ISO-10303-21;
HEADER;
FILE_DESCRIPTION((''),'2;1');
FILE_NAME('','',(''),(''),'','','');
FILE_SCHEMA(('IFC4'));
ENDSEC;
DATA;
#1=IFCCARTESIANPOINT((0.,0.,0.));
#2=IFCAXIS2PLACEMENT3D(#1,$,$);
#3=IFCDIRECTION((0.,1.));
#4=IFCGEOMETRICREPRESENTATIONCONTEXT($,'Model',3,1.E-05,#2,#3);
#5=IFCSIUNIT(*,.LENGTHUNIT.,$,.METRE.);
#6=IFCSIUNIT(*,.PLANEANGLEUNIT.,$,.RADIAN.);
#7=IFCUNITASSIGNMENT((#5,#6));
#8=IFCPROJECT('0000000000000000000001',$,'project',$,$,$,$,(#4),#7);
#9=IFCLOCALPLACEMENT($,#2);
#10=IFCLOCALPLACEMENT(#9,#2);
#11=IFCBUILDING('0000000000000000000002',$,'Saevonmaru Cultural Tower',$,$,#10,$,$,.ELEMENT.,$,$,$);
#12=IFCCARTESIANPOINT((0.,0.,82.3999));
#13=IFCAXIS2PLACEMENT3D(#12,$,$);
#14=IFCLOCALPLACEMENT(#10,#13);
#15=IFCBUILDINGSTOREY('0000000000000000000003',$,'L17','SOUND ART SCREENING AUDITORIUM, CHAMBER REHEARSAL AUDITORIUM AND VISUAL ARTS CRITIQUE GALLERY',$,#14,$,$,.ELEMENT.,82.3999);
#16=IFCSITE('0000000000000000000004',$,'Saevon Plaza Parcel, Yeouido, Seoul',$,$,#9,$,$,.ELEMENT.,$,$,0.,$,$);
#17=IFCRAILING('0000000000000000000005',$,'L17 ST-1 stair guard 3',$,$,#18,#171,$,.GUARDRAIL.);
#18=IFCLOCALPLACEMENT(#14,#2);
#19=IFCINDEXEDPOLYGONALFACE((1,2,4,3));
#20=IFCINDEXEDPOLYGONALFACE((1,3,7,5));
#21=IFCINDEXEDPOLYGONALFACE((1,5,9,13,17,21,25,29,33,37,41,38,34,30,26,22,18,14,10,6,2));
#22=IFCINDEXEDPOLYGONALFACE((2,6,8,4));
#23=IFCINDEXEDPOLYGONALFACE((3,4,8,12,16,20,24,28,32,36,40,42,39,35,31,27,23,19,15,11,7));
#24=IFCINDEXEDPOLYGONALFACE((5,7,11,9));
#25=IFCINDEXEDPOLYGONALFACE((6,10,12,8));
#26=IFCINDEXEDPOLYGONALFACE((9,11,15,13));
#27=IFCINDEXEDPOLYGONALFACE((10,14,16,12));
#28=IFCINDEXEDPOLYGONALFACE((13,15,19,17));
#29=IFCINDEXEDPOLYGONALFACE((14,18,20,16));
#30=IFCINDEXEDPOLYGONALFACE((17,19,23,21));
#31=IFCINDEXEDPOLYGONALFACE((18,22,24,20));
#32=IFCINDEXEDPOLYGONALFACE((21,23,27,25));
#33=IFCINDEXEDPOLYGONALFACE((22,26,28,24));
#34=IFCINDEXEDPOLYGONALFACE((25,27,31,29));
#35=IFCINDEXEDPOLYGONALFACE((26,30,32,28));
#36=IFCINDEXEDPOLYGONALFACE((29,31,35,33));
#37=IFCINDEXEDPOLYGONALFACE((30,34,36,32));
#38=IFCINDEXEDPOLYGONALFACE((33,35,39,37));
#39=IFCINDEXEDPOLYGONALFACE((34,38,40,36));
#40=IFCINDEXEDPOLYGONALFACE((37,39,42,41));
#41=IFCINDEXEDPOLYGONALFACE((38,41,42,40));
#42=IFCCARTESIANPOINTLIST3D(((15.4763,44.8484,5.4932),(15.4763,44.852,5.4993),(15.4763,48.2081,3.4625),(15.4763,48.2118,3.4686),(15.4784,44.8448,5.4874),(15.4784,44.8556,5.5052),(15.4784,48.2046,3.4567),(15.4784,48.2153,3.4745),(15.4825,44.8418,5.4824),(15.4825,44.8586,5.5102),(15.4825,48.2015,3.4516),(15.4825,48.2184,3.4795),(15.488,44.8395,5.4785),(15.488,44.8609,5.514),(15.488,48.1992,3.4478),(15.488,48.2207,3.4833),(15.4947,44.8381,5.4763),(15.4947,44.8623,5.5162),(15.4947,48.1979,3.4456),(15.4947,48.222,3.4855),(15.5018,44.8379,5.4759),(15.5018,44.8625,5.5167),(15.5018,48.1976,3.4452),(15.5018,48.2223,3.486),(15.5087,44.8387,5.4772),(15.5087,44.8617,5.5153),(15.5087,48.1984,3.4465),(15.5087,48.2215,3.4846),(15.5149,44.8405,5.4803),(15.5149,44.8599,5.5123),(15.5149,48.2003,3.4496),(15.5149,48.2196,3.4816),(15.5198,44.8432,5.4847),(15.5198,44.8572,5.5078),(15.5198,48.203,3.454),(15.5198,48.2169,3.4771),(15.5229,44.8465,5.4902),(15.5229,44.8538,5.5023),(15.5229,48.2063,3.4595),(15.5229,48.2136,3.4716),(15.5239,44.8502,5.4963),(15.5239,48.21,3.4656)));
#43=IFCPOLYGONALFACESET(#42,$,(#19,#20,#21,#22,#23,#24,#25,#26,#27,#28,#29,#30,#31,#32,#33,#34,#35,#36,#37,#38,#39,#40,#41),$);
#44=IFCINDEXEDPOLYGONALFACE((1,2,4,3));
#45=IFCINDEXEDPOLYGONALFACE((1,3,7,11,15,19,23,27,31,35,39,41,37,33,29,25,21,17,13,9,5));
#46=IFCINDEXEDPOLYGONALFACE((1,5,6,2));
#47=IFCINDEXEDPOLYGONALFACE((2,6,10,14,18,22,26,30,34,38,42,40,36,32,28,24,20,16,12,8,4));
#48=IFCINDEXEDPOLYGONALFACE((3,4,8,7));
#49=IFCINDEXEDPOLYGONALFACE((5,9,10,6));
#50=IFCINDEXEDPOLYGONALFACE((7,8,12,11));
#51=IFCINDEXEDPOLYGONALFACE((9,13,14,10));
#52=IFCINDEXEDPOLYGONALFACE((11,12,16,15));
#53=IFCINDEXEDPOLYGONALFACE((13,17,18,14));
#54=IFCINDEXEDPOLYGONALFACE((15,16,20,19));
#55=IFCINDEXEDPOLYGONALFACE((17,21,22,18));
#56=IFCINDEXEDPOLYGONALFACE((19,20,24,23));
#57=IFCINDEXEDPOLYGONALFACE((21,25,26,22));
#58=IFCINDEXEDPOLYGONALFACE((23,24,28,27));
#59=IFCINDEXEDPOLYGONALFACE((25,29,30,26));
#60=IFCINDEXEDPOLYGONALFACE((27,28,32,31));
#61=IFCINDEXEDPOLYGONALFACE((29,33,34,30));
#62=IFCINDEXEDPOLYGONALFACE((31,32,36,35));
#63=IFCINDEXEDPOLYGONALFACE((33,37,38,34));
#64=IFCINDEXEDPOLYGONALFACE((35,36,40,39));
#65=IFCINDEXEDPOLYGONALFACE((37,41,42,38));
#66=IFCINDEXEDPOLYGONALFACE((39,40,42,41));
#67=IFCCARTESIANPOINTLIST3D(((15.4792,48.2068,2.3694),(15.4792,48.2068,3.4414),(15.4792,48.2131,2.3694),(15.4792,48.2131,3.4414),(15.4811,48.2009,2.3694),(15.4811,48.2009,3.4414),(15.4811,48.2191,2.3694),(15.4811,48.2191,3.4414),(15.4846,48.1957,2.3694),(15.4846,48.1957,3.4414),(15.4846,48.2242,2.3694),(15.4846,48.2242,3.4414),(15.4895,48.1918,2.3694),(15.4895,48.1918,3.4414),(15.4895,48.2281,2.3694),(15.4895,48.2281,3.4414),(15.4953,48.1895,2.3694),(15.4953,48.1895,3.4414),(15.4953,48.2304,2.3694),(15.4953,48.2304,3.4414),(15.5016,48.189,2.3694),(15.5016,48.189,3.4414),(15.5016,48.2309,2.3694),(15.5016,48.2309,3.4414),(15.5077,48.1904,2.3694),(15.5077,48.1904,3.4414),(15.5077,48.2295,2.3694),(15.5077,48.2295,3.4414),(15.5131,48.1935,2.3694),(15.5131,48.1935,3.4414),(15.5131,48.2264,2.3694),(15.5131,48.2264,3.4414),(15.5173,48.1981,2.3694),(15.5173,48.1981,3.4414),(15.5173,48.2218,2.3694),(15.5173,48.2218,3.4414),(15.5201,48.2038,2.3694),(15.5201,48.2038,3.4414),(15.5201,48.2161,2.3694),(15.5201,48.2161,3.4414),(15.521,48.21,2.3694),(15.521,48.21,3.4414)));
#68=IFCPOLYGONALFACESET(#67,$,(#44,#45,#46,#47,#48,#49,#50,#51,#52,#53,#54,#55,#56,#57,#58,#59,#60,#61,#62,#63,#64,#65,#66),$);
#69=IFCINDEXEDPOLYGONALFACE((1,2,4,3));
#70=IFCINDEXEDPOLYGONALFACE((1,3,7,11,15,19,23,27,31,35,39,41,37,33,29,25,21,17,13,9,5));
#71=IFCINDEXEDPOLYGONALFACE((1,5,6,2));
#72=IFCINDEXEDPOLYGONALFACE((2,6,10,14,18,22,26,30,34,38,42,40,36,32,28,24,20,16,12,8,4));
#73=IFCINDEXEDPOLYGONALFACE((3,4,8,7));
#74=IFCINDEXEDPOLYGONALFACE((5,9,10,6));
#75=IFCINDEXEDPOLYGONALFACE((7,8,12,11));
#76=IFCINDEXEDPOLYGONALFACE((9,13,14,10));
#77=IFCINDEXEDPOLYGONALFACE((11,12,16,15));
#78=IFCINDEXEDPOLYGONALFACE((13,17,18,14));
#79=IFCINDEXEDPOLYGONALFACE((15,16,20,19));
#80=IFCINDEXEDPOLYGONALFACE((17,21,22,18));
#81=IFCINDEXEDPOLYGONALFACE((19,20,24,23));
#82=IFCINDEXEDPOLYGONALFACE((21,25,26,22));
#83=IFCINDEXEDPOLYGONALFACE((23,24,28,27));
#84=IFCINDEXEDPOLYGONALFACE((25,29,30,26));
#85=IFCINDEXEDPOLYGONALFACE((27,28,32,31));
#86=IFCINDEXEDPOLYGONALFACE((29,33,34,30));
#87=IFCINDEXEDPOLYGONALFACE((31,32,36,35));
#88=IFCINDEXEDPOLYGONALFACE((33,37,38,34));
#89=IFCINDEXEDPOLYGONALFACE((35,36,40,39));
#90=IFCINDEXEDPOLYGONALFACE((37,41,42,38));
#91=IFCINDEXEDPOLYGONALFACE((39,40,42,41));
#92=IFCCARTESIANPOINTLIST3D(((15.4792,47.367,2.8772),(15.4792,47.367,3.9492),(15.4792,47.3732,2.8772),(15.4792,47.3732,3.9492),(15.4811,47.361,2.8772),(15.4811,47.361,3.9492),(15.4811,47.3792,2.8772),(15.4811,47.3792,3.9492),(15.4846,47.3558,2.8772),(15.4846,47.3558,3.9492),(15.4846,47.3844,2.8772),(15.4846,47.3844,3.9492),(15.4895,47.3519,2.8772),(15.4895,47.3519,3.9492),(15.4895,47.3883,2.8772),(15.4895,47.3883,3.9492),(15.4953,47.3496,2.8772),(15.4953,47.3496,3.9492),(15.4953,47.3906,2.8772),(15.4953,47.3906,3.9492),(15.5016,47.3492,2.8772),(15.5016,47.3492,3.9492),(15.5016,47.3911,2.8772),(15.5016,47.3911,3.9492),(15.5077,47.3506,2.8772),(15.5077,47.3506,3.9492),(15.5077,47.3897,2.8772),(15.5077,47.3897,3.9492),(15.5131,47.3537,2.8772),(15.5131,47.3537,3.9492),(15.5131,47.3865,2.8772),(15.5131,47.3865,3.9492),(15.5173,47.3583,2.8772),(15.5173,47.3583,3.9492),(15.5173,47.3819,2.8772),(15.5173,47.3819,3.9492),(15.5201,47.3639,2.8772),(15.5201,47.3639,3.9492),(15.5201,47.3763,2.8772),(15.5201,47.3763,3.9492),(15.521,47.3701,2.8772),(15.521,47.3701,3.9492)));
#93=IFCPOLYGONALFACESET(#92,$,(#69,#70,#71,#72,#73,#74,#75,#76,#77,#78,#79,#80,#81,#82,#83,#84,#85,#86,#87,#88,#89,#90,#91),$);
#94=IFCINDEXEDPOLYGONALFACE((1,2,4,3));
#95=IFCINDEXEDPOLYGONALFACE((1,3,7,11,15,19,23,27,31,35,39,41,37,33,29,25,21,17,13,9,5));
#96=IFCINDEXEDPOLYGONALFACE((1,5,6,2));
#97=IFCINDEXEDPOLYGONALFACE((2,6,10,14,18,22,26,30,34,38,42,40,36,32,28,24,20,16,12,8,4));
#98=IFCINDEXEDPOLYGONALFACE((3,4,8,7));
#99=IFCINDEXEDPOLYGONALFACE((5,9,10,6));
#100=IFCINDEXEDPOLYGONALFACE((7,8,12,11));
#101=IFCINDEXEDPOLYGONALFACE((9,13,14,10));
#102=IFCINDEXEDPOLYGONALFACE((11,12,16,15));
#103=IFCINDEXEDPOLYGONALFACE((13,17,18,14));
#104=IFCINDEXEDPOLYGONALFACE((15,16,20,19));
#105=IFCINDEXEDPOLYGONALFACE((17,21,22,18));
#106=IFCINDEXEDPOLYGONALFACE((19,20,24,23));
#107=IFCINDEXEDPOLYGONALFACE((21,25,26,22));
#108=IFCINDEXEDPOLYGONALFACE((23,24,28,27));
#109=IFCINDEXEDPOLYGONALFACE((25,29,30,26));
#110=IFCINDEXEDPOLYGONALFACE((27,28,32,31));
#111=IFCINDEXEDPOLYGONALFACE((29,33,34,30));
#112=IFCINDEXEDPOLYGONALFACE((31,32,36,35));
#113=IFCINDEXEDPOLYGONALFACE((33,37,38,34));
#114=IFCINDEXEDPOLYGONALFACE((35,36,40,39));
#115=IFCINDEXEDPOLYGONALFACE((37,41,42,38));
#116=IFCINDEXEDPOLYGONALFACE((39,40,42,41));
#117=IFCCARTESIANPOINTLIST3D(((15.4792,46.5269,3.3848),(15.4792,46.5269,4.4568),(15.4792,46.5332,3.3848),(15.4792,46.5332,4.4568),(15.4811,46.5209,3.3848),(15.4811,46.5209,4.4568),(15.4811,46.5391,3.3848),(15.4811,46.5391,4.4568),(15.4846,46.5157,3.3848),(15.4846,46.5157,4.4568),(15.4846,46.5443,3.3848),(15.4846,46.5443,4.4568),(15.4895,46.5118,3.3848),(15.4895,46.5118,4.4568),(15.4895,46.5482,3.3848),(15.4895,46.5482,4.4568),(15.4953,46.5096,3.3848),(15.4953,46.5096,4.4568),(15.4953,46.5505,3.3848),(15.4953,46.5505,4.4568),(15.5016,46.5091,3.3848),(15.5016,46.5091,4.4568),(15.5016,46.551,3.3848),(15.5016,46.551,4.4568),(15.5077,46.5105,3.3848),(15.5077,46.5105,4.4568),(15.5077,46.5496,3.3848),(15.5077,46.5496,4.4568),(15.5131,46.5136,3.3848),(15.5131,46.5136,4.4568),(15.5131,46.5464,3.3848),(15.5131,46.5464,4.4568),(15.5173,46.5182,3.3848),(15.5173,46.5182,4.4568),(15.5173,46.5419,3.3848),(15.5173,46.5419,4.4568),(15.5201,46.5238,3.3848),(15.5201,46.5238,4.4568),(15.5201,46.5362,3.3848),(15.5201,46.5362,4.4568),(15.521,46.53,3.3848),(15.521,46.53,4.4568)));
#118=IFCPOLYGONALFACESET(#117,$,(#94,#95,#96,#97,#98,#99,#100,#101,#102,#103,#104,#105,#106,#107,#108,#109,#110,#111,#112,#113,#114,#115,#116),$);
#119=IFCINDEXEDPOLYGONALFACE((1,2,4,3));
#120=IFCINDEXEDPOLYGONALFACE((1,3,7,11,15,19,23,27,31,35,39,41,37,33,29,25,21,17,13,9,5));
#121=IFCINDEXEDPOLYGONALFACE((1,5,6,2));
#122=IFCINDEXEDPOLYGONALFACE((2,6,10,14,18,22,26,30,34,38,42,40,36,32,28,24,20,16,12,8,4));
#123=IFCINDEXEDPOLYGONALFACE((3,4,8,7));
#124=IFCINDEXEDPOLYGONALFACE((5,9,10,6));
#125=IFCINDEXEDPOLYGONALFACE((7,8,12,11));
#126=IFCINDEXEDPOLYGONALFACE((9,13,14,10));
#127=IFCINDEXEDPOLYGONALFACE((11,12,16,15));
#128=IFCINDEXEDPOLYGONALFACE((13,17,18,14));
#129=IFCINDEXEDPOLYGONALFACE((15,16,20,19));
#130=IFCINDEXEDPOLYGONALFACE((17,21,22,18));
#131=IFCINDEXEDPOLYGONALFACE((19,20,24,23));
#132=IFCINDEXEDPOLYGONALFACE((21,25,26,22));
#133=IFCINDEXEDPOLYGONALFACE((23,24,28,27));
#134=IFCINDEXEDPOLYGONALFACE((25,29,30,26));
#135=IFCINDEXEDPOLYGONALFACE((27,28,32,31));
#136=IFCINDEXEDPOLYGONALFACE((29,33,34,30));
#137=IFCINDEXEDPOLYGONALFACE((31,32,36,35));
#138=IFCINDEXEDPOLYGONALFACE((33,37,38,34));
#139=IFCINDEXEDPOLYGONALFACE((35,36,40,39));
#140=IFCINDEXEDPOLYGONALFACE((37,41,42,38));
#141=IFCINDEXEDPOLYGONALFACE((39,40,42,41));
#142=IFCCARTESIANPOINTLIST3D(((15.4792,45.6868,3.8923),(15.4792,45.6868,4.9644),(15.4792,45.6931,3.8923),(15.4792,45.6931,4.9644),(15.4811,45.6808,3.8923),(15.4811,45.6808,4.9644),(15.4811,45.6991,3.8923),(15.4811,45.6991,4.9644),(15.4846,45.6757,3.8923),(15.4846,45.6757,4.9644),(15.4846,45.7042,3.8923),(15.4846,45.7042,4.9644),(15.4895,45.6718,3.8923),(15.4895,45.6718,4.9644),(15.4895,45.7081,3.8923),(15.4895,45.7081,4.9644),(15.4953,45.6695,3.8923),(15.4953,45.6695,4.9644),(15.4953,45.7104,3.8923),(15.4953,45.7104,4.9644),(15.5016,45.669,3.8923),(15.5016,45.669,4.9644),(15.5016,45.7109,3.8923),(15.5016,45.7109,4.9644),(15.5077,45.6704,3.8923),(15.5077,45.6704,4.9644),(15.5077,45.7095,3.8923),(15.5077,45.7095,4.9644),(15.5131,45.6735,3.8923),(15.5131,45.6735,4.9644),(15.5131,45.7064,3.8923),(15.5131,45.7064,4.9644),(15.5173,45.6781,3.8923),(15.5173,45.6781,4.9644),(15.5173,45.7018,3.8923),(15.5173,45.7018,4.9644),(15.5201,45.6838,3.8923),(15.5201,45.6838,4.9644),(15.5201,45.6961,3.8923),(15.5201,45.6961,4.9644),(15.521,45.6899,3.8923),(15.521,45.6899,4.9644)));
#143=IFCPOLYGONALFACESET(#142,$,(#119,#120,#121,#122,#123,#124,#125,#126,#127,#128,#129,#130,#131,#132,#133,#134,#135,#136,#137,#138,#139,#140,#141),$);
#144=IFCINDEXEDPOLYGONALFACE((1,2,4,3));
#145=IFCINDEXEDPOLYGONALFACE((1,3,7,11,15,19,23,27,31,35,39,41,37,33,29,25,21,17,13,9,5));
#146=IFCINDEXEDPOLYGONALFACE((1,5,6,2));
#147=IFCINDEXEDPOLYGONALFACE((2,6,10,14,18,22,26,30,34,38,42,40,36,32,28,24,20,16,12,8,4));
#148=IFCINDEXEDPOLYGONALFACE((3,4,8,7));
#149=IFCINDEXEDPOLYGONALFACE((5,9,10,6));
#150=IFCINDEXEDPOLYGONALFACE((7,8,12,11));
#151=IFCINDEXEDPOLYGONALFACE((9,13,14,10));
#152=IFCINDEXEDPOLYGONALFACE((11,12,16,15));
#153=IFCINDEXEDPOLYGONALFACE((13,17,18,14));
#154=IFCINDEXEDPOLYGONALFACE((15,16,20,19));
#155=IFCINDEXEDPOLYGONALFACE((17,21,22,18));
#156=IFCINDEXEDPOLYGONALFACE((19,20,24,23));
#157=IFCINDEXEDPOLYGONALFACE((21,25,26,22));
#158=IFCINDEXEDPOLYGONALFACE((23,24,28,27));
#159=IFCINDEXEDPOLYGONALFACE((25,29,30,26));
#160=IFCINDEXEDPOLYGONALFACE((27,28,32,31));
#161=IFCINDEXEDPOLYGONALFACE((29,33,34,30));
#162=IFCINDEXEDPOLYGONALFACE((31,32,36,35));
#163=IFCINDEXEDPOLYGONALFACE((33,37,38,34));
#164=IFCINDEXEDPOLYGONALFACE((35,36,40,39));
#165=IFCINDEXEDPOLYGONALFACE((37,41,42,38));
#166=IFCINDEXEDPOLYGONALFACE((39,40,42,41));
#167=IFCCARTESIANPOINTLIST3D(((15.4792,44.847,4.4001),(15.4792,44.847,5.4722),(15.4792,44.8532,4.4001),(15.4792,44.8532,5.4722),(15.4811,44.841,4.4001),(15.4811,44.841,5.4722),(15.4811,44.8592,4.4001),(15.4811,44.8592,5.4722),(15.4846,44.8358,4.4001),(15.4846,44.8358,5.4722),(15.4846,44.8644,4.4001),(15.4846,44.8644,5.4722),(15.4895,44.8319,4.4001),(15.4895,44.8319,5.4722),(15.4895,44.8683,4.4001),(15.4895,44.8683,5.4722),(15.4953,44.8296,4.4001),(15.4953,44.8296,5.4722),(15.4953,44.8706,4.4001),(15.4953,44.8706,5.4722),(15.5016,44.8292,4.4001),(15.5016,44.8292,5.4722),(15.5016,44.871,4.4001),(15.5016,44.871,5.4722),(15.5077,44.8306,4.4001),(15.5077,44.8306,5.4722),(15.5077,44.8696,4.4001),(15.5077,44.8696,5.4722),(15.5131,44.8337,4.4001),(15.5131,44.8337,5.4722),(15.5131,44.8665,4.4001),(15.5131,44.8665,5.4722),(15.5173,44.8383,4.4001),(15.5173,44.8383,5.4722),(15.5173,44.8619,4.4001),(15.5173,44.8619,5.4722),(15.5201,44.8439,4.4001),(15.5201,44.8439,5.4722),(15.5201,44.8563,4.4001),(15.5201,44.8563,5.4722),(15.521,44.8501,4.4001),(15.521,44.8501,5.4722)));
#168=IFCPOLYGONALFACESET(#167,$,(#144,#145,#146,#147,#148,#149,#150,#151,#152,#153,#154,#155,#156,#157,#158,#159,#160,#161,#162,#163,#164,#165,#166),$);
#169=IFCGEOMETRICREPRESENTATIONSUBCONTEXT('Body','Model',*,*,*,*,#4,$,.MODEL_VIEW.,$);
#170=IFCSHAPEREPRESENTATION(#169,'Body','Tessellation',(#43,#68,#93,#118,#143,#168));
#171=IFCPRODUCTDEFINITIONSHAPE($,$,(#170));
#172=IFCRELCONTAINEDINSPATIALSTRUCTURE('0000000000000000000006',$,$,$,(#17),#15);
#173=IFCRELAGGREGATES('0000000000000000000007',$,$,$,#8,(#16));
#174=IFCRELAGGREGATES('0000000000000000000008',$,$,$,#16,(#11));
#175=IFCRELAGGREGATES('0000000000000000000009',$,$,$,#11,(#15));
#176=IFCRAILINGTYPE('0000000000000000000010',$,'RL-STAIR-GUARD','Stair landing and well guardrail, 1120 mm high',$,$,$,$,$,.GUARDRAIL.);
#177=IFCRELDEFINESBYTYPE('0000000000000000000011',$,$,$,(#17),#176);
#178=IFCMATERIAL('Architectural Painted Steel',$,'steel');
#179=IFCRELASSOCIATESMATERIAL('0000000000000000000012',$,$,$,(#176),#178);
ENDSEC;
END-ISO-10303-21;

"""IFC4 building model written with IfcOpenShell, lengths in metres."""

from ifc_helpers import new_model, si_unit, direction, frame, origin, origin_2d, place, context, subcontext, project, spatial, circle, extrude, material, type_object, element, save


model = new_model("IFC4")

# Units and contexts
model_context = context("Model", 3, precision=1e-05, world=origin(), true_north=direction((0.0, 1.0)))
body_context = subcontext(model_context, "Body", "Model", "MODEL_VIEW")
ifc_project = project(units=[si_unit("LENGTHUNIT", "METRE"), si_unit("PLANEANGLEUNIT", "RADIAN")], contexts=[model_context])

# Site, building, storey
site_placement = place(None, origin())
site = spatial("IfcSite", under=ifc_project, at=site_placement, Name="Saevon Plaza Parcel, Yeouido, Seoul", CompositionType="ELEMENT", RefElevation=0.0)
building_placement = place(site_placement, origin())
building = spatial("IfcBuilding", under=site, at=building_placement, Name="Saevonmaru Cultural Tower", CompositionType="ELEMENT")
storey_placement = place(building_placement, frame((0.0, 0.0, 82.3999)))
storey = spatial("IfcBuildingStorey", under=building, at=storey_placement, Name="L17", Description="SOUND ART SCREENING AUDITORIUM, CHAMBER REHEARSAL AUDITORIUM AND VISUAL ARTS CRITIQUE GALLERY", CompositionType="ELEMENT", Elevation=82.3999)

# Railing
ifc_material_1 = material(Name="Architectural Painted Steel", Category="steel")
railing_type = type_object("IfcRailingType", Name="RL-STAIR-GUARD", Description="Stair landing and well guardrail, 1120 mm high", PredefinedType="GUARDRAIL", material=ifc_material_1)
railing_1_placement = place(storey_placement, frame((15.5, 48.21, 2.3694)))
element("IfcRailing", 1, at=railing_1_placement, inside=storey, type_object=railing_type, Name="L17 ST-1 stair guard 3", PredefinedType="GUARDRAIL", context=body_context, shape_type="SweptSolid", body=[
    extrude(circle(Radius=0.0239, at=origin_2d()), frame((0.0, 0.0, 1.0962), z_axis=(0.0, -0.85582, 0.517273), x_axis=(1.0, 0.0, 0.0)), (0.0, 0.0, 1.0), 3.9258),
    extrude(circle(Radius=0.021, at=origin_2d()), origin(), (0.0, 0.0, 1.0), 1.072),
    extrude(circle(Radius=0.021, at=origin_2d()), frame((0.0, -0.8398, 0.5078)), (0.0, 0.0, 1.0), 1.072),
    extrude(circle(Radius=0.021, at=origin_2d()), frame((0.0, -1.6799, 1.0154)), (0.0, 0.0, 1.0), 1.072),
    extrude(circle(Radius=0.021, at=origin_2d()), frame((0.0, -2.52, 1.5229)), (0.0, 0.0, 1.0), 1.072),
    extrude(circle(Radius=0.021, at=origin_2d()), frame((0.0, -3.3599, 2.0308)), (0.0, 0.0, 1.0), 1.072),
])

save(model, "model.ifc")
